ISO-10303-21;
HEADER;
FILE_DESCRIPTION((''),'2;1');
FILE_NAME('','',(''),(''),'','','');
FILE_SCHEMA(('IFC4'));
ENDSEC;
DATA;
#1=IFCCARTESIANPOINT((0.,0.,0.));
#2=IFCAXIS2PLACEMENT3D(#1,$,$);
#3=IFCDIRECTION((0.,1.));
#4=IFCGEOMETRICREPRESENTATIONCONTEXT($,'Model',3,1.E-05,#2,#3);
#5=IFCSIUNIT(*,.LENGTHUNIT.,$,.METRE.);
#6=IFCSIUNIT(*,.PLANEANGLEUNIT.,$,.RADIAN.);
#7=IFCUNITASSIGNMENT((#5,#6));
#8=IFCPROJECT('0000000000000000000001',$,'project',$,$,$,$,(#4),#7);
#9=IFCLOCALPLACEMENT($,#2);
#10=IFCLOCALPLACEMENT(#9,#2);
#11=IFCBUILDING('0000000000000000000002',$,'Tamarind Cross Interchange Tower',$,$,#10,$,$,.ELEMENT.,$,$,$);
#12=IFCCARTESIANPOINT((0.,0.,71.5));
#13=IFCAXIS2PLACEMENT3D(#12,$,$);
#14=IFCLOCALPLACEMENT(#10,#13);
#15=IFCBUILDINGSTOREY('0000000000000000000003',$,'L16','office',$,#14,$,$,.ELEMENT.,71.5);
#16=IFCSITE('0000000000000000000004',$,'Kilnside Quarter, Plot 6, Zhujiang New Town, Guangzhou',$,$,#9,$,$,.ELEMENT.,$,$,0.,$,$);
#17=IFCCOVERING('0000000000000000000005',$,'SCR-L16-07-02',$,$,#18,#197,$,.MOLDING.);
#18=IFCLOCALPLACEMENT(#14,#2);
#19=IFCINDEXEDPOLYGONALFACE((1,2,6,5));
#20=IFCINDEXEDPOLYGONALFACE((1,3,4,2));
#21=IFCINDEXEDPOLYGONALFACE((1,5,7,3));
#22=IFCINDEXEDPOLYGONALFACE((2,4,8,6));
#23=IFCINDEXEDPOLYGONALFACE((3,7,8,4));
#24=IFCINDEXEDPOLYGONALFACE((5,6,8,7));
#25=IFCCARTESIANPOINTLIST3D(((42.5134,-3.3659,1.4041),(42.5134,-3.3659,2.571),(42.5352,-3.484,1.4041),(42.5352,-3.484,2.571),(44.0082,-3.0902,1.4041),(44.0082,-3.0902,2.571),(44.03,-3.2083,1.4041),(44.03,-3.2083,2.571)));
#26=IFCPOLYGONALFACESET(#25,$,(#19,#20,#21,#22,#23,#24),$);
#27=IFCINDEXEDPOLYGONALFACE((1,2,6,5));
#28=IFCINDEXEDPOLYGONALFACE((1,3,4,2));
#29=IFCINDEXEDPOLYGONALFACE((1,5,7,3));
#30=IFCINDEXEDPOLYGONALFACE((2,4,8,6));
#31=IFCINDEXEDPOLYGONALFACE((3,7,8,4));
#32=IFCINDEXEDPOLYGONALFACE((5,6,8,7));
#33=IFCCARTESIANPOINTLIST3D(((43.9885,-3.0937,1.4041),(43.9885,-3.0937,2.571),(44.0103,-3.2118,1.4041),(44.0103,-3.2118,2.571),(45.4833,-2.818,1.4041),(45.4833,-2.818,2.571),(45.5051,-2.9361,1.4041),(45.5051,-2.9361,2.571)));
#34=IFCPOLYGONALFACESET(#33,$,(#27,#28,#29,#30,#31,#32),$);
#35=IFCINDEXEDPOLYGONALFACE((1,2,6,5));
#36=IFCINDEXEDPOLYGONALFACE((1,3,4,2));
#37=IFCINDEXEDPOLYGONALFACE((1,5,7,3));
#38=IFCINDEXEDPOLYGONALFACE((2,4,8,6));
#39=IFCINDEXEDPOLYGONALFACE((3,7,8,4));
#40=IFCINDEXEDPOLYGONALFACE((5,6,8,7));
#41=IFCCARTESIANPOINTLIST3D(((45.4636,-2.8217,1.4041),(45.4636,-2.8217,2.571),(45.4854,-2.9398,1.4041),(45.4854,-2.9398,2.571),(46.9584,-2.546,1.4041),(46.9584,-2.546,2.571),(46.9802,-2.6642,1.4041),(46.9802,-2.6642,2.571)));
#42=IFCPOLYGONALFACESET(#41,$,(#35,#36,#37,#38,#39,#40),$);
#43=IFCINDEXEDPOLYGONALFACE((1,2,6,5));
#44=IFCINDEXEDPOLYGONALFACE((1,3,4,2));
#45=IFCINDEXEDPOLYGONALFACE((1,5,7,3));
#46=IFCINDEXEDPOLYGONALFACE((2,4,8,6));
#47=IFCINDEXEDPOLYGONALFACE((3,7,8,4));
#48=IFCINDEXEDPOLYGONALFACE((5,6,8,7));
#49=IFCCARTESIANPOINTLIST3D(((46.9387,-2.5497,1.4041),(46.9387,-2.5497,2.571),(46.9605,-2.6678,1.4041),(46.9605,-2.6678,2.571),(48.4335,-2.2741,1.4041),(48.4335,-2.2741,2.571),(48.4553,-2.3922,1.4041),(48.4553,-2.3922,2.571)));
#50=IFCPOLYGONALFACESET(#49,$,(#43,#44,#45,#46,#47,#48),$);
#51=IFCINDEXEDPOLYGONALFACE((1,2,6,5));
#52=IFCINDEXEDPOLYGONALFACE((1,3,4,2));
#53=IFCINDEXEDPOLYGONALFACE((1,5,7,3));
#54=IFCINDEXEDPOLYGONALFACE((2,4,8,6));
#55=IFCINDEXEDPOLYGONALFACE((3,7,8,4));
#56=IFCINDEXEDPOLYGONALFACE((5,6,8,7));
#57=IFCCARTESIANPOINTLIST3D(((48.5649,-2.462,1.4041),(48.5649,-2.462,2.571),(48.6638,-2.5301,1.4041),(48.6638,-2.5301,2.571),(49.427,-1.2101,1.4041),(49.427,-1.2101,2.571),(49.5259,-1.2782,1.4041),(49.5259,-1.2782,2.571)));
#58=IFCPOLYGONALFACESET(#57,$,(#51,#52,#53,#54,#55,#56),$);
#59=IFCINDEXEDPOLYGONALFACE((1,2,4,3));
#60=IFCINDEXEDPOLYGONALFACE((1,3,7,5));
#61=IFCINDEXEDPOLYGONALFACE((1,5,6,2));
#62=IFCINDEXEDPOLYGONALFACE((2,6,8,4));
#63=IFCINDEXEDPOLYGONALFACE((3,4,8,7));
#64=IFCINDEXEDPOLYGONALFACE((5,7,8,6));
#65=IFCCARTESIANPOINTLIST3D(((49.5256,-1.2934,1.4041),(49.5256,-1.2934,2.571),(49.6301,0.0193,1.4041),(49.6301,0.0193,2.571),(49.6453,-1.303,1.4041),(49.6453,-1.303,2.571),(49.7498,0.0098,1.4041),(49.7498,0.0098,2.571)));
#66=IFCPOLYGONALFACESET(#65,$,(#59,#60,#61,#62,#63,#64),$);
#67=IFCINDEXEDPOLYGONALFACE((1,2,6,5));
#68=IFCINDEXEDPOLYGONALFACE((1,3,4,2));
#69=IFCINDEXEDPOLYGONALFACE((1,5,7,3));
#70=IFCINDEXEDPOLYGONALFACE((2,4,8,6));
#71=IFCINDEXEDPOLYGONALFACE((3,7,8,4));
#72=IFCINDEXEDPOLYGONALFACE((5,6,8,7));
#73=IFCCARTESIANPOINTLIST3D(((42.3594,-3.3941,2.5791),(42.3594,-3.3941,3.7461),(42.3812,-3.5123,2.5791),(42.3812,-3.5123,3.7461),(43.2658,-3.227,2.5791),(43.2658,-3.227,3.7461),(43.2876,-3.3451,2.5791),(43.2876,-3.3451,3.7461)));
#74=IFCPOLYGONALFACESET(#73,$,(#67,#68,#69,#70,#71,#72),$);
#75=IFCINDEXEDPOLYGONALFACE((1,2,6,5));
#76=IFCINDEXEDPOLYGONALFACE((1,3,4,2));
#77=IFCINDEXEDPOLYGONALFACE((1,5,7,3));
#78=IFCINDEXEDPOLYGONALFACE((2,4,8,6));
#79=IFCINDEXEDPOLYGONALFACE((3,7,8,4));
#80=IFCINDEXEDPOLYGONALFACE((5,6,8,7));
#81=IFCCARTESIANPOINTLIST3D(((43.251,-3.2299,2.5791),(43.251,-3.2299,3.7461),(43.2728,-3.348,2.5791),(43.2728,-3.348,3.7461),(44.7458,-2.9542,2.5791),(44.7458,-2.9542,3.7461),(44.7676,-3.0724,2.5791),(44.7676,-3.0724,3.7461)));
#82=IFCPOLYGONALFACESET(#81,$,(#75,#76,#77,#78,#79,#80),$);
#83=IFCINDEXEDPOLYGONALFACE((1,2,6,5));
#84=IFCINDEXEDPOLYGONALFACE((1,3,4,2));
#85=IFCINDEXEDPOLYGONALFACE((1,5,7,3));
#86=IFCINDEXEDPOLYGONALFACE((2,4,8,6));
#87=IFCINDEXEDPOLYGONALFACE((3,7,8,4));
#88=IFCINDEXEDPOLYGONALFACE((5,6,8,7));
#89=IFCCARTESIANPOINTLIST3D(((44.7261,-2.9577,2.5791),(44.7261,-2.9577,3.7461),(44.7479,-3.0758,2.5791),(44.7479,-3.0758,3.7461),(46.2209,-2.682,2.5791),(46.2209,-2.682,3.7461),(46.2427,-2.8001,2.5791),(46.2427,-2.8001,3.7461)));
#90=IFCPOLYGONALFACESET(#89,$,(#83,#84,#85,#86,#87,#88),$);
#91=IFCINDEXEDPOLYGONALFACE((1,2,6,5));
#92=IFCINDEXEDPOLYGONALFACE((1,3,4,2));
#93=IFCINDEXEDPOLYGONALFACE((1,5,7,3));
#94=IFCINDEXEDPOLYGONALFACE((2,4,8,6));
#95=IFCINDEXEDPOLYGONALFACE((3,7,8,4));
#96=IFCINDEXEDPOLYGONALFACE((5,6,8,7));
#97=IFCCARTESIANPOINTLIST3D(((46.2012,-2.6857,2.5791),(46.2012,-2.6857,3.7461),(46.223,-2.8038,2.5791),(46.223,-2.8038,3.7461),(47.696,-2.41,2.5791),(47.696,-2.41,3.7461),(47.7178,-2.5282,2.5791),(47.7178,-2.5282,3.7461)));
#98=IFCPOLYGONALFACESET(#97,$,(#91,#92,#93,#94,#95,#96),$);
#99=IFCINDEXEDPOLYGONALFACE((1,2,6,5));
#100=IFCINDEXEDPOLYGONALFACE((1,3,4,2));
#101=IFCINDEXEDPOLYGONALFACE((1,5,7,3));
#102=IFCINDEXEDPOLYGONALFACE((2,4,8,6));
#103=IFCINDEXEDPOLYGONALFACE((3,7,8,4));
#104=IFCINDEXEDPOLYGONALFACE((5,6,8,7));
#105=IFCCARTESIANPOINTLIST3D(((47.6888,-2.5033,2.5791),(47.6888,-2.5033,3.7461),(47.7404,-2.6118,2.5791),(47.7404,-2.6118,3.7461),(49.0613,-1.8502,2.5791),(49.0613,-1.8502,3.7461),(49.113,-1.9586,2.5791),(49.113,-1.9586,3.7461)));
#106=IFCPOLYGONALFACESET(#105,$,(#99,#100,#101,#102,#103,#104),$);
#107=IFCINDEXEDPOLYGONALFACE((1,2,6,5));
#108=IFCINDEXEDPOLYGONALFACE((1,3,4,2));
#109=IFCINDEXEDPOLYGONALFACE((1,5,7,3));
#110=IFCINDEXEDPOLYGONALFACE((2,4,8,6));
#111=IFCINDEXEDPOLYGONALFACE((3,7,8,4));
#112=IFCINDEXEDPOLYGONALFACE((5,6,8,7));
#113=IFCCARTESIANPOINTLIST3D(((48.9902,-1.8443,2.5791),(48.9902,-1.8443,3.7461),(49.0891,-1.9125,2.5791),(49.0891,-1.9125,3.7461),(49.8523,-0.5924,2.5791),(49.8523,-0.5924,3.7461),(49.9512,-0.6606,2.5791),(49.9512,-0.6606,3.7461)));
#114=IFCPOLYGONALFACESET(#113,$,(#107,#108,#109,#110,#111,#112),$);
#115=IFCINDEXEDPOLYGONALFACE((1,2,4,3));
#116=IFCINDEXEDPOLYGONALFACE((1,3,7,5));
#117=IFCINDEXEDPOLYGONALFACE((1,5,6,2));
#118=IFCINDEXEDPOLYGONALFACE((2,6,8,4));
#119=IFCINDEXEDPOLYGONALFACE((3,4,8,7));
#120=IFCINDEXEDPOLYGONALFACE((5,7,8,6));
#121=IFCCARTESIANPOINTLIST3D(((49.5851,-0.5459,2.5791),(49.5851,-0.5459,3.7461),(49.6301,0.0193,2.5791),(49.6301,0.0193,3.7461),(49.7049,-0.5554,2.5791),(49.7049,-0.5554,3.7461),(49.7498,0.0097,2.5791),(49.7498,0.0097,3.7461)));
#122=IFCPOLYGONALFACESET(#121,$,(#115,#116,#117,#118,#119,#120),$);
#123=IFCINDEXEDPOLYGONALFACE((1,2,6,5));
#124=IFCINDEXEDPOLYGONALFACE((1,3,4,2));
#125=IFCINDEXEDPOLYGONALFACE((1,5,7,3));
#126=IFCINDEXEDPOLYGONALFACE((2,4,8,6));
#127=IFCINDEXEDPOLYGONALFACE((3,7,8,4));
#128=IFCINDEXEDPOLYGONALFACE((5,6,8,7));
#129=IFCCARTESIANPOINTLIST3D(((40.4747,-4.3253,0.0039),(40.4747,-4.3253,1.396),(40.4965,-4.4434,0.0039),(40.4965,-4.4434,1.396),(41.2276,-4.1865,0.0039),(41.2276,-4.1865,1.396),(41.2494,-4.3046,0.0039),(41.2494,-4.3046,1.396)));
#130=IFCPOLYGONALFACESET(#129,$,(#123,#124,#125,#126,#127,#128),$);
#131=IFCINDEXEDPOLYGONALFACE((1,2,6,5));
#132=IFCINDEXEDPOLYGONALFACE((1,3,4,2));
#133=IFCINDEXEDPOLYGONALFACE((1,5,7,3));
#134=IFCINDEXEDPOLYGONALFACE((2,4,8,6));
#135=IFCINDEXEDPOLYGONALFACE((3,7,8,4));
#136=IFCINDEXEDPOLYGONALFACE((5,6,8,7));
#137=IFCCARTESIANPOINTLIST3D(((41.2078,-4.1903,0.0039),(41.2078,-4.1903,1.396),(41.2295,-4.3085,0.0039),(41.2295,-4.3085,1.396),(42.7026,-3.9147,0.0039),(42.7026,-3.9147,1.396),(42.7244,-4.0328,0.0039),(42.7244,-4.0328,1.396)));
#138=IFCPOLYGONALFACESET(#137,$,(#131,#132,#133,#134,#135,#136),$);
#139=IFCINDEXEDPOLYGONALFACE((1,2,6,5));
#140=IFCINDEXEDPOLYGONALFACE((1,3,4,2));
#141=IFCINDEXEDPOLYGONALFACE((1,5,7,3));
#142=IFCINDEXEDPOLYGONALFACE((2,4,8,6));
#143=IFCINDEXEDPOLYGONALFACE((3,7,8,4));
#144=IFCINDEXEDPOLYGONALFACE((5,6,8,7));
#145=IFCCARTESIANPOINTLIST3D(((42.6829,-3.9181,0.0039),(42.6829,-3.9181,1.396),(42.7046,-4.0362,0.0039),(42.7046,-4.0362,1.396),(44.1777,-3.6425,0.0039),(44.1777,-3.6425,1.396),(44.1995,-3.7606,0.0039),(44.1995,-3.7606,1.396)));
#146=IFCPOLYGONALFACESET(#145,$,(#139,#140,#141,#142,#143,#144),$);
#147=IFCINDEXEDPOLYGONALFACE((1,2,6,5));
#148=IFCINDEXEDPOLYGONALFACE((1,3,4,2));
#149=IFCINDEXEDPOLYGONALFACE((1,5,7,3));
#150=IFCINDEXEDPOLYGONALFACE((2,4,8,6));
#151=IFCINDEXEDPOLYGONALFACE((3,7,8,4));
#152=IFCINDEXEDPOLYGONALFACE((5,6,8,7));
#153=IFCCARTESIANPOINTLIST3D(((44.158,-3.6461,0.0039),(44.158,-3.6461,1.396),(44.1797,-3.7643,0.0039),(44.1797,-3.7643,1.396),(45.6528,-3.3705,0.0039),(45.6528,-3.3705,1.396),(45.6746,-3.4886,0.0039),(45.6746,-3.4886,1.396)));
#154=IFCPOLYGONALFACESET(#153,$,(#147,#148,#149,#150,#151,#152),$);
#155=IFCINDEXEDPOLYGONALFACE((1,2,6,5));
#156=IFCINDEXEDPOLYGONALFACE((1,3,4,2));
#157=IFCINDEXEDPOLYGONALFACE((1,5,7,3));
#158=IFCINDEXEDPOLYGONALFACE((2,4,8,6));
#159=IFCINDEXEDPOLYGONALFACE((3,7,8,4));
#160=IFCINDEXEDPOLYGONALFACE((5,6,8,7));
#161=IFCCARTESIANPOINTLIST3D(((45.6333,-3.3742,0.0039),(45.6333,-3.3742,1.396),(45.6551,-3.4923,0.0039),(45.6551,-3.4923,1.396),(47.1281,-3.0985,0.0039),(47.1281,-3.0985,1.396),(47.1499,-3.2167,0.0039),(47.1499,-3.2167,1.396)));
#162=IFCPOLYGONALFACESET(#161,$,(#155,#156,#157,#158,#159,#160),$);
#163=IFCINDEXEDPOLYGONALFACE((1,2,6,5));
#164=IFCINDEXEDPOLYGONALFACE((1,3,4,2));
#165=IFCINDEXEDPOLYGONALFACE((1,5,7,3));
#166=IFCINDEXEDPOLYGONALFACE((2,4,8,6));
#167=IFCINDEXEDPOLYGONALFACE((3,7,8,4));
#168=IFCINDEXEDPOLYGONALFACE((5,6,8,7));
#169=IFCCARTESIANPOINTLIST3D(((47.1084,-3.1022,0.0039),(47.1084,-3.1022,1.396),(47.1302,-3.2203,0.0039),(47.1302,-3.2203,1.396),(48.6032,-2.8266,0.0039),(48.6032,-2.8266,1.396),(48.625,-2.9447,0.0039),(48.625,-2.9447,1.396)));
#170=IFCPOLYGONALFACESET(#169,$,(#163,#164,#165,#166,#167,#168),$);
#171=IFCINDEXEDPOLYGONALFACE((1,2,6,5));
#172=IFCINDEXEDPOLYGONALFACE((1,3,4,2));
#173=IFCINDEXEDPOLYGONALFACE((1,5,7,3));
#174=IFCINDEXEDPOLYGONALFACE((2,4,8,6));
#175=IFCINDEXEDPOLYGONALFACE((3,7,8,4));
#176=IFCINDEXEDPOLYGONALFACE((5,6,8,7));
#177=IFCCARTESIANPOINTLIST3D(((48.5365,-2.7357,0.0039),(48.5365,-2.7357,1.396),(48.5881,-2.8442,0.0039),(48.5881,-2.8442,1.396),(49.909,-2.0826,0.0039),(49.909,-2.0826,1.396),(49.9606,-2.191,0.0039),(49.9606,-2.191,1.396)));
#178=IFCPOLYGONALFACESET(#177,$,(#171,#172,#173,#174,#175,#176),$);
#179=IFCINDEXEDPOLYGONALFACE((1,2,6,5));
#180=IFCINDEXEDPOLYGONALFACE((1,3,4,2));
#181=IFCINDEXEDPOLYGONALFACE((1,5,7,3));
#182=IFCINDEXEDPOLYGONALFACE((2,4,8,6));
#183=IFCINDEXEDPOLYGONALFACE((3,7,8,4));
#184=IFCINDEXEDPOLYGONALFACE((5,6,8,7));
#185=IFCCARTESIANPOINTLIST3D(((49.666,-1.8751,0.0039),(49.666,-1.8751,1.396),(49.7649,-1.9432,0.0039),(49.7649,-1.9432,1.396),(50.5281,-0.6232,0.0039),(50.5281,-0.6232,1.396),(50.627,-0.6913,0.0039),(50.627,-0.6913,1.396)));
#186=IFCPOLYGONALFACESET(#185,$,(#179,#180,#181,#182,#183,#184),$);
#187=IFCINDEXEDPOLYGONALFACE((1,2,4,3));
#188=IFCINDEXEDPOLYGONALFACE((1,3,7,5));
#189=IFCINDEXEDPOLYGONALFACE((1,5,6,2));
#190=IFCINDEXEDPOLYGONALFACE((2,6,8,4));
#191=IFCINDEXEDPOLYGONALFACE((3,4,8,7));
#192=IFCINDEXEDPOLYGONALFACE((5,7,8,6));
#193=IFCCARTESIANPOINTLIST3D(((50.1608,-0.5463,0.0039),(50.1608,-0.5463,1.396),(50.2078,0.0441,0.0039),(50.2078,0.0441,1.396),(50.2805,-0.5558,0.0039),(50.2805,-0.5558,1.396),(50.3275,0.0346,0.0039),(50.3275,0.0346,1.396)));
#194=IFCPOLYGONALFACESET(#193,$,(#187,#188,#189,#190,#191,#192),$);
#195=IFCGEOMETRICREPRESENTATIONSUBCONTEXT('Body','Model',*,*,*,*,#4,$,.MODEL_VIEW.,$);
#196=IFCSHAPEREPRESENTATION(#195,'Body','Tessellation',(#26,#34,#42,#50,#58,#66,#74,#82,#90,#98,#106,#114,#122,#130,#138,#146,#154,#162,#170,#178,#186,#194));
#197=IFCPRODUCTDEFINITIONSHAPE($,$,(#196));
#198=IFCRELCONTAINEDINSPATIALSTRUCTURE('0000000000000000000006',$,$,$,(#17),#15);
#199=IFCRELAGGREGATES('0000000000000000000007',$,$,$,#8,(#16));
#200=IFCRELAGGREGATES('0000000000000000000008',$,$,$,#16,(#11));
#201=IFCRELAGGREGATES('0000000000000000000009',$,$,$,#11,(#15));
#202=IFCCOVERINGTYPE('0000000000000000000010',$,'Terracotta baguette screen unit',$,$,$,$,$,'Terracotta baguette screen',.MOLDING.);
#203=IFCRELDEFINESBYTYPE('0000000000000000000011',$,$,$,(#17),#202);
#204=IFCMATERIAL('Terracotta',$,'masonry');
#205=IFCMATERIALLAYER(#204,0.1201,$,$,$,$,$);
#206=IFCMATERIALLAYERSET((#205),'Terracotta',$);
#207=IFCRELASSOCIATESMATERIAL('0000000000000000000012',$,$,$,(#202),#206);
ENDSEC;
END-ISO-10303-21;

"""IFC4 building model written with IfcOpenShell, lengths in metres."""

from ifc_helpers import new_model, si_unit, direction, frame, origin, origin_2d, place, context, subcontext, project, spatial, rectangle, extrude, material, layer, layer_set, type_object, element, save


model = new_model("IFC4")

# Units and contexts
model_context = context("Model", 3, precision=1e-05, world=origin(), true_north=direction((0.0, 1.0)))
body_context = subcontext(model_context, "Body", "Model", "MODEL_VIEW")
ifc_project = project(units=[si_unit("LENGTHUNIT", "METRE"), si_unit("PLANEANGLEUNIT", "RADIAN")], contexts=[model_context])

# Site, building, storey
site_placement = place(None, origin())
site = spatial("IfcSite", under=ifc_project, at=site_placement, Name="Kilnside Quarter, Plot 6, Zhujiang New Town, Guangzhou", CompositionType="ELEMENT", RefElevation=0.0)
building_placement = place(site_placement, origin())
building = spatial("IfcBuilding", under=site, at=building_placement, Name="Tamarind Cross Interchange Tower", CompositionType="ELEMENT")
storey_placement = place(building_placement, frame((0.0, 0.0, 71.5)))
storey = spatial("IfcBuildingStorey", under=building, at=storey_placement, Name="L16", Description="office", CompositionType="ELEMENT", Elevation=71.5)

# Covering
ifc_material_1 = material(Name="Terracotta", Category="masonry")
ifc_layer_1 = layer(ifc_material_1, 0.1201)
ifc_layer_set_1 = layer_set([ifc_layer_1], Name="Terracotta")
covering_type = type_object("IfcCoveringType", Name="Terracotta baguette screen unit", ElementType="Terracotta baguette screen", PredefinedType="MOLDING", material=ifc_layer_set_1)
covering_1_placement = place(storey_placement, origin())
element("IfcCovering", 1, at=covering_1_placement, inside=storey, type_object=covering_type, Name="SCR-L16-07-02", PredefinedType="MOLDING", context=body_context, shape_type="SweptSolid", body=[
    extrude(rectangle(XDim=1.52, YDim=0.1201, at=origin_2d()), frame((43.2717, -3.2871, 1.4041), z_axis=(0.0, 0.0, 1.0), x_axis=(0.98342, 0.181343, 0.0)), (0.0, 0.0, 1.0), 1.167),
    extrude(rectangle(XDim=1.52, YDim=0.1201, at=origin_2d()), frame((44.7468, -3.0149, 1.4041), z_axis=(0.0, 0.0, 1.0), x_axis=(0.98342, 0.181343, 0.0)), (0.0, 0.0, 1.0), 1.167),
    extrude(rectangle(XDim=1.52, YDim=0.1201, at=origin_2d()), frame((46.2219, -2.7429, 1.4041), z_axis=(0.0, 0.0, 1.0), x_axis=(0.98342, 0.181343, 0.0)), (0.0, 0.0, 1.0), 1.167),
    extrude(rectangle(XDim=1.52, YDim=0.1201, at=origin_2d()), frame((47.697, -2.4709, 1.4041), z_axis=(0.0, 0.0, 1.0), x_axis=(0.98342, 0.181343, 0.0)), (0.0, 0.0, 1.0), 1.167),
    extrude(rectangle(XDim=1.52, YDim=0.1201, at=origin_2d()), frame((49.0454, -1.8701, 1.4041), z_axis=(0.0, 0.0, 1.0), x_axis=(0.567154, 0.823612, 0.0)), (0.0, 0.0, 1.0), 1.167),
    extrude(rectangle(XDim=1.3169, YDim=0.1201, at=origin_2d()), frame((49.6377, -0.6418, 1.4041), z_axis=(0.0, 0.0, 1.0), x_axis=(0.079364, 0.996846, 0.0)), (0.0, 0.0, 1.0), 1.167),
    extrude(rectangle(XDim=0.9216, YDim=0.1201, at=origin_2d()), frame((42.8235, -3.3696, 2.5791), z_axis=(0.0, 0.0, 1.0), x_axis=(0.98342, 0.181343, 0.0)), (0.0, 0.0, 1.0), 1.167),
    extrude(rectangle(XDim=1.52, YDim=0.1201, at=origin_2d()), frame((44.0093, -3.1511, 2.5791), z_axis=(0.0, 0.0, 1.0), x_axis=(0.98342, 0.181343, 0.0)), (0.0, 0.0, 1.0), 1.167),
    extrude(rectangle(XDim=1.52, YDim=0.1201, at=origin_2d()), frame((45.4844, -2.8789, 2.5791), z_axis=(0.0, 0.0, 1.0), x_axis=(0.98342, 0.181343, 0.0)), (0.0, 0.0, 1.0), 1.167),
    extrude(rectangle(XDim=1.52, YDim=0.1201, at=origin_2d()), frame((46.9595, -2.6069, 2.5791), z_axis=(0.0, 0.0, 1.0), x_axis=(0.98342, 0.181343, 0.0)), (0.0, 0.0, 1.0), 1.167),
    extrude(rectangle(XDim=1.52, YDim=0.1201, at=origin_2d()), frame((48.4009, -2.231, 2.5791), z_axis=(0.0, 0.0, 1.0), x_axis=(0.902976, 0.429692, 0.0)), (0.0, 0.0, 1.0), 1.167),
    extrude(rectangle(XDim=1.52, YDim=0.1201, at=origin_2d()), frame((49.4707, -1.2524, 2.5791), z_axis=(0.0, 0.0, 1.0), x_axis=(0.567154, 0.823612, 0.0)), (0.0, 0.0, 1.0), 1.167),
    extrude(rectangle(XDim=0.5669, YDim=0.1201, at=origin_2d()), frame((49.6675, -0.2681, 2.5791), z_axis=(0.0, 0.0, 1.0), x_axis=(0.079364, 0.996846, 0.0)), (0.0, 0.0, 1.0), 1.167),
    extrude(rectangle(XDim=0.7656, YDim=0.1201, at=origin_2d()), frame((40.8621, -4.3149, 0.0039), z_axis=(0.0, 0.0, 1.0), x_axis=(0.98342, 0.181343, 0.0)), (0.0, 0.0, 1.0), 1.3921),
    extrude(rectangle(XDim=1.52, YDim=0.1201, at=origin_2d()), frame((41.9661, -4.1116, 0.0039), z_axis=(0.0, 0.0, 1.0), x_axis=(0.98342, 0.181343, 0.0)), (0.0, 0.0, 1.0), 1.3921),
    extrude(rectangle(XDim=1.52, YDim=0.1201, at=origin_2d()), frame((43.4412, -3.8394, 0.0039), z_axis=(0.0, 0.0, 1.0), x_axis=(0.98342, 0.181343, 0.0)), (0.0, 0.0, 1.0), 1.3921),
    extrude(rectangle(XDim=1.52, YDim=0.1201, at=origin_2d()), frame((44.9163, -3.5674, 0.0039), z_axis=(0.0, 0.0, 1.0), x_axis=(0.98342, 0.181343, 0.0)), (0.0, 0.0, 1.0), 1.3921),
    extrude(rectangle(XDim=1.52, YDim=0.1201, at=origin_2d()), frame((46.3916, -3.2954, 0.0039), z_axis=(0.0, 0.0, 1.0), x_axis=(0.98342, 0.181343, 0.0)), (0.0, 0.0, 1.0), 1.3921),
    extrude(rectangle(XDim=1.52, YDim=0.1201, at=origin_2d()), frame((47.8667, -3.0234, 0.0039), z_axis=(0.0, 0.0, 1.0), x_axis=(0.98342, 0.181343, 0.0)), (0.0, 0.0, 1.0), 1.3921),
    extrude(rectangle(XDim=1.52, YDim=0.1201, at=origin_2d()), frame((49.2485, -2.4634, 0.0039), z_axis=(0.0, 0.0, 1.0), x_axis=(0.902976, 0.429692, 0.0)), (0.0, 0.0, 1.0), 1.3921),
    extrude(rectangle(XDim=1.52, YDim=0.1201, at=origin_2d()), frame((50.1465, -1.2832, 0.0039), z_axis=(0.0, 0.0, 1.0), x_axis=(0.567154, 0.823612, 0.0)), (0.0, 0.0, 1.0), 1.3921),
    extrude(rectangle(XDim=0.5923, YDim=0.1201, at=origin_2d()), frame((50.2441, -0.2559, 0.0039), z_axis=(0.0, 0.0, 1.0), x_axis=(0.079364, 0.996846, 0.0)), (0.0, 0.0, 1.0), 1.3921),
])

save(model, "model.ifc")
